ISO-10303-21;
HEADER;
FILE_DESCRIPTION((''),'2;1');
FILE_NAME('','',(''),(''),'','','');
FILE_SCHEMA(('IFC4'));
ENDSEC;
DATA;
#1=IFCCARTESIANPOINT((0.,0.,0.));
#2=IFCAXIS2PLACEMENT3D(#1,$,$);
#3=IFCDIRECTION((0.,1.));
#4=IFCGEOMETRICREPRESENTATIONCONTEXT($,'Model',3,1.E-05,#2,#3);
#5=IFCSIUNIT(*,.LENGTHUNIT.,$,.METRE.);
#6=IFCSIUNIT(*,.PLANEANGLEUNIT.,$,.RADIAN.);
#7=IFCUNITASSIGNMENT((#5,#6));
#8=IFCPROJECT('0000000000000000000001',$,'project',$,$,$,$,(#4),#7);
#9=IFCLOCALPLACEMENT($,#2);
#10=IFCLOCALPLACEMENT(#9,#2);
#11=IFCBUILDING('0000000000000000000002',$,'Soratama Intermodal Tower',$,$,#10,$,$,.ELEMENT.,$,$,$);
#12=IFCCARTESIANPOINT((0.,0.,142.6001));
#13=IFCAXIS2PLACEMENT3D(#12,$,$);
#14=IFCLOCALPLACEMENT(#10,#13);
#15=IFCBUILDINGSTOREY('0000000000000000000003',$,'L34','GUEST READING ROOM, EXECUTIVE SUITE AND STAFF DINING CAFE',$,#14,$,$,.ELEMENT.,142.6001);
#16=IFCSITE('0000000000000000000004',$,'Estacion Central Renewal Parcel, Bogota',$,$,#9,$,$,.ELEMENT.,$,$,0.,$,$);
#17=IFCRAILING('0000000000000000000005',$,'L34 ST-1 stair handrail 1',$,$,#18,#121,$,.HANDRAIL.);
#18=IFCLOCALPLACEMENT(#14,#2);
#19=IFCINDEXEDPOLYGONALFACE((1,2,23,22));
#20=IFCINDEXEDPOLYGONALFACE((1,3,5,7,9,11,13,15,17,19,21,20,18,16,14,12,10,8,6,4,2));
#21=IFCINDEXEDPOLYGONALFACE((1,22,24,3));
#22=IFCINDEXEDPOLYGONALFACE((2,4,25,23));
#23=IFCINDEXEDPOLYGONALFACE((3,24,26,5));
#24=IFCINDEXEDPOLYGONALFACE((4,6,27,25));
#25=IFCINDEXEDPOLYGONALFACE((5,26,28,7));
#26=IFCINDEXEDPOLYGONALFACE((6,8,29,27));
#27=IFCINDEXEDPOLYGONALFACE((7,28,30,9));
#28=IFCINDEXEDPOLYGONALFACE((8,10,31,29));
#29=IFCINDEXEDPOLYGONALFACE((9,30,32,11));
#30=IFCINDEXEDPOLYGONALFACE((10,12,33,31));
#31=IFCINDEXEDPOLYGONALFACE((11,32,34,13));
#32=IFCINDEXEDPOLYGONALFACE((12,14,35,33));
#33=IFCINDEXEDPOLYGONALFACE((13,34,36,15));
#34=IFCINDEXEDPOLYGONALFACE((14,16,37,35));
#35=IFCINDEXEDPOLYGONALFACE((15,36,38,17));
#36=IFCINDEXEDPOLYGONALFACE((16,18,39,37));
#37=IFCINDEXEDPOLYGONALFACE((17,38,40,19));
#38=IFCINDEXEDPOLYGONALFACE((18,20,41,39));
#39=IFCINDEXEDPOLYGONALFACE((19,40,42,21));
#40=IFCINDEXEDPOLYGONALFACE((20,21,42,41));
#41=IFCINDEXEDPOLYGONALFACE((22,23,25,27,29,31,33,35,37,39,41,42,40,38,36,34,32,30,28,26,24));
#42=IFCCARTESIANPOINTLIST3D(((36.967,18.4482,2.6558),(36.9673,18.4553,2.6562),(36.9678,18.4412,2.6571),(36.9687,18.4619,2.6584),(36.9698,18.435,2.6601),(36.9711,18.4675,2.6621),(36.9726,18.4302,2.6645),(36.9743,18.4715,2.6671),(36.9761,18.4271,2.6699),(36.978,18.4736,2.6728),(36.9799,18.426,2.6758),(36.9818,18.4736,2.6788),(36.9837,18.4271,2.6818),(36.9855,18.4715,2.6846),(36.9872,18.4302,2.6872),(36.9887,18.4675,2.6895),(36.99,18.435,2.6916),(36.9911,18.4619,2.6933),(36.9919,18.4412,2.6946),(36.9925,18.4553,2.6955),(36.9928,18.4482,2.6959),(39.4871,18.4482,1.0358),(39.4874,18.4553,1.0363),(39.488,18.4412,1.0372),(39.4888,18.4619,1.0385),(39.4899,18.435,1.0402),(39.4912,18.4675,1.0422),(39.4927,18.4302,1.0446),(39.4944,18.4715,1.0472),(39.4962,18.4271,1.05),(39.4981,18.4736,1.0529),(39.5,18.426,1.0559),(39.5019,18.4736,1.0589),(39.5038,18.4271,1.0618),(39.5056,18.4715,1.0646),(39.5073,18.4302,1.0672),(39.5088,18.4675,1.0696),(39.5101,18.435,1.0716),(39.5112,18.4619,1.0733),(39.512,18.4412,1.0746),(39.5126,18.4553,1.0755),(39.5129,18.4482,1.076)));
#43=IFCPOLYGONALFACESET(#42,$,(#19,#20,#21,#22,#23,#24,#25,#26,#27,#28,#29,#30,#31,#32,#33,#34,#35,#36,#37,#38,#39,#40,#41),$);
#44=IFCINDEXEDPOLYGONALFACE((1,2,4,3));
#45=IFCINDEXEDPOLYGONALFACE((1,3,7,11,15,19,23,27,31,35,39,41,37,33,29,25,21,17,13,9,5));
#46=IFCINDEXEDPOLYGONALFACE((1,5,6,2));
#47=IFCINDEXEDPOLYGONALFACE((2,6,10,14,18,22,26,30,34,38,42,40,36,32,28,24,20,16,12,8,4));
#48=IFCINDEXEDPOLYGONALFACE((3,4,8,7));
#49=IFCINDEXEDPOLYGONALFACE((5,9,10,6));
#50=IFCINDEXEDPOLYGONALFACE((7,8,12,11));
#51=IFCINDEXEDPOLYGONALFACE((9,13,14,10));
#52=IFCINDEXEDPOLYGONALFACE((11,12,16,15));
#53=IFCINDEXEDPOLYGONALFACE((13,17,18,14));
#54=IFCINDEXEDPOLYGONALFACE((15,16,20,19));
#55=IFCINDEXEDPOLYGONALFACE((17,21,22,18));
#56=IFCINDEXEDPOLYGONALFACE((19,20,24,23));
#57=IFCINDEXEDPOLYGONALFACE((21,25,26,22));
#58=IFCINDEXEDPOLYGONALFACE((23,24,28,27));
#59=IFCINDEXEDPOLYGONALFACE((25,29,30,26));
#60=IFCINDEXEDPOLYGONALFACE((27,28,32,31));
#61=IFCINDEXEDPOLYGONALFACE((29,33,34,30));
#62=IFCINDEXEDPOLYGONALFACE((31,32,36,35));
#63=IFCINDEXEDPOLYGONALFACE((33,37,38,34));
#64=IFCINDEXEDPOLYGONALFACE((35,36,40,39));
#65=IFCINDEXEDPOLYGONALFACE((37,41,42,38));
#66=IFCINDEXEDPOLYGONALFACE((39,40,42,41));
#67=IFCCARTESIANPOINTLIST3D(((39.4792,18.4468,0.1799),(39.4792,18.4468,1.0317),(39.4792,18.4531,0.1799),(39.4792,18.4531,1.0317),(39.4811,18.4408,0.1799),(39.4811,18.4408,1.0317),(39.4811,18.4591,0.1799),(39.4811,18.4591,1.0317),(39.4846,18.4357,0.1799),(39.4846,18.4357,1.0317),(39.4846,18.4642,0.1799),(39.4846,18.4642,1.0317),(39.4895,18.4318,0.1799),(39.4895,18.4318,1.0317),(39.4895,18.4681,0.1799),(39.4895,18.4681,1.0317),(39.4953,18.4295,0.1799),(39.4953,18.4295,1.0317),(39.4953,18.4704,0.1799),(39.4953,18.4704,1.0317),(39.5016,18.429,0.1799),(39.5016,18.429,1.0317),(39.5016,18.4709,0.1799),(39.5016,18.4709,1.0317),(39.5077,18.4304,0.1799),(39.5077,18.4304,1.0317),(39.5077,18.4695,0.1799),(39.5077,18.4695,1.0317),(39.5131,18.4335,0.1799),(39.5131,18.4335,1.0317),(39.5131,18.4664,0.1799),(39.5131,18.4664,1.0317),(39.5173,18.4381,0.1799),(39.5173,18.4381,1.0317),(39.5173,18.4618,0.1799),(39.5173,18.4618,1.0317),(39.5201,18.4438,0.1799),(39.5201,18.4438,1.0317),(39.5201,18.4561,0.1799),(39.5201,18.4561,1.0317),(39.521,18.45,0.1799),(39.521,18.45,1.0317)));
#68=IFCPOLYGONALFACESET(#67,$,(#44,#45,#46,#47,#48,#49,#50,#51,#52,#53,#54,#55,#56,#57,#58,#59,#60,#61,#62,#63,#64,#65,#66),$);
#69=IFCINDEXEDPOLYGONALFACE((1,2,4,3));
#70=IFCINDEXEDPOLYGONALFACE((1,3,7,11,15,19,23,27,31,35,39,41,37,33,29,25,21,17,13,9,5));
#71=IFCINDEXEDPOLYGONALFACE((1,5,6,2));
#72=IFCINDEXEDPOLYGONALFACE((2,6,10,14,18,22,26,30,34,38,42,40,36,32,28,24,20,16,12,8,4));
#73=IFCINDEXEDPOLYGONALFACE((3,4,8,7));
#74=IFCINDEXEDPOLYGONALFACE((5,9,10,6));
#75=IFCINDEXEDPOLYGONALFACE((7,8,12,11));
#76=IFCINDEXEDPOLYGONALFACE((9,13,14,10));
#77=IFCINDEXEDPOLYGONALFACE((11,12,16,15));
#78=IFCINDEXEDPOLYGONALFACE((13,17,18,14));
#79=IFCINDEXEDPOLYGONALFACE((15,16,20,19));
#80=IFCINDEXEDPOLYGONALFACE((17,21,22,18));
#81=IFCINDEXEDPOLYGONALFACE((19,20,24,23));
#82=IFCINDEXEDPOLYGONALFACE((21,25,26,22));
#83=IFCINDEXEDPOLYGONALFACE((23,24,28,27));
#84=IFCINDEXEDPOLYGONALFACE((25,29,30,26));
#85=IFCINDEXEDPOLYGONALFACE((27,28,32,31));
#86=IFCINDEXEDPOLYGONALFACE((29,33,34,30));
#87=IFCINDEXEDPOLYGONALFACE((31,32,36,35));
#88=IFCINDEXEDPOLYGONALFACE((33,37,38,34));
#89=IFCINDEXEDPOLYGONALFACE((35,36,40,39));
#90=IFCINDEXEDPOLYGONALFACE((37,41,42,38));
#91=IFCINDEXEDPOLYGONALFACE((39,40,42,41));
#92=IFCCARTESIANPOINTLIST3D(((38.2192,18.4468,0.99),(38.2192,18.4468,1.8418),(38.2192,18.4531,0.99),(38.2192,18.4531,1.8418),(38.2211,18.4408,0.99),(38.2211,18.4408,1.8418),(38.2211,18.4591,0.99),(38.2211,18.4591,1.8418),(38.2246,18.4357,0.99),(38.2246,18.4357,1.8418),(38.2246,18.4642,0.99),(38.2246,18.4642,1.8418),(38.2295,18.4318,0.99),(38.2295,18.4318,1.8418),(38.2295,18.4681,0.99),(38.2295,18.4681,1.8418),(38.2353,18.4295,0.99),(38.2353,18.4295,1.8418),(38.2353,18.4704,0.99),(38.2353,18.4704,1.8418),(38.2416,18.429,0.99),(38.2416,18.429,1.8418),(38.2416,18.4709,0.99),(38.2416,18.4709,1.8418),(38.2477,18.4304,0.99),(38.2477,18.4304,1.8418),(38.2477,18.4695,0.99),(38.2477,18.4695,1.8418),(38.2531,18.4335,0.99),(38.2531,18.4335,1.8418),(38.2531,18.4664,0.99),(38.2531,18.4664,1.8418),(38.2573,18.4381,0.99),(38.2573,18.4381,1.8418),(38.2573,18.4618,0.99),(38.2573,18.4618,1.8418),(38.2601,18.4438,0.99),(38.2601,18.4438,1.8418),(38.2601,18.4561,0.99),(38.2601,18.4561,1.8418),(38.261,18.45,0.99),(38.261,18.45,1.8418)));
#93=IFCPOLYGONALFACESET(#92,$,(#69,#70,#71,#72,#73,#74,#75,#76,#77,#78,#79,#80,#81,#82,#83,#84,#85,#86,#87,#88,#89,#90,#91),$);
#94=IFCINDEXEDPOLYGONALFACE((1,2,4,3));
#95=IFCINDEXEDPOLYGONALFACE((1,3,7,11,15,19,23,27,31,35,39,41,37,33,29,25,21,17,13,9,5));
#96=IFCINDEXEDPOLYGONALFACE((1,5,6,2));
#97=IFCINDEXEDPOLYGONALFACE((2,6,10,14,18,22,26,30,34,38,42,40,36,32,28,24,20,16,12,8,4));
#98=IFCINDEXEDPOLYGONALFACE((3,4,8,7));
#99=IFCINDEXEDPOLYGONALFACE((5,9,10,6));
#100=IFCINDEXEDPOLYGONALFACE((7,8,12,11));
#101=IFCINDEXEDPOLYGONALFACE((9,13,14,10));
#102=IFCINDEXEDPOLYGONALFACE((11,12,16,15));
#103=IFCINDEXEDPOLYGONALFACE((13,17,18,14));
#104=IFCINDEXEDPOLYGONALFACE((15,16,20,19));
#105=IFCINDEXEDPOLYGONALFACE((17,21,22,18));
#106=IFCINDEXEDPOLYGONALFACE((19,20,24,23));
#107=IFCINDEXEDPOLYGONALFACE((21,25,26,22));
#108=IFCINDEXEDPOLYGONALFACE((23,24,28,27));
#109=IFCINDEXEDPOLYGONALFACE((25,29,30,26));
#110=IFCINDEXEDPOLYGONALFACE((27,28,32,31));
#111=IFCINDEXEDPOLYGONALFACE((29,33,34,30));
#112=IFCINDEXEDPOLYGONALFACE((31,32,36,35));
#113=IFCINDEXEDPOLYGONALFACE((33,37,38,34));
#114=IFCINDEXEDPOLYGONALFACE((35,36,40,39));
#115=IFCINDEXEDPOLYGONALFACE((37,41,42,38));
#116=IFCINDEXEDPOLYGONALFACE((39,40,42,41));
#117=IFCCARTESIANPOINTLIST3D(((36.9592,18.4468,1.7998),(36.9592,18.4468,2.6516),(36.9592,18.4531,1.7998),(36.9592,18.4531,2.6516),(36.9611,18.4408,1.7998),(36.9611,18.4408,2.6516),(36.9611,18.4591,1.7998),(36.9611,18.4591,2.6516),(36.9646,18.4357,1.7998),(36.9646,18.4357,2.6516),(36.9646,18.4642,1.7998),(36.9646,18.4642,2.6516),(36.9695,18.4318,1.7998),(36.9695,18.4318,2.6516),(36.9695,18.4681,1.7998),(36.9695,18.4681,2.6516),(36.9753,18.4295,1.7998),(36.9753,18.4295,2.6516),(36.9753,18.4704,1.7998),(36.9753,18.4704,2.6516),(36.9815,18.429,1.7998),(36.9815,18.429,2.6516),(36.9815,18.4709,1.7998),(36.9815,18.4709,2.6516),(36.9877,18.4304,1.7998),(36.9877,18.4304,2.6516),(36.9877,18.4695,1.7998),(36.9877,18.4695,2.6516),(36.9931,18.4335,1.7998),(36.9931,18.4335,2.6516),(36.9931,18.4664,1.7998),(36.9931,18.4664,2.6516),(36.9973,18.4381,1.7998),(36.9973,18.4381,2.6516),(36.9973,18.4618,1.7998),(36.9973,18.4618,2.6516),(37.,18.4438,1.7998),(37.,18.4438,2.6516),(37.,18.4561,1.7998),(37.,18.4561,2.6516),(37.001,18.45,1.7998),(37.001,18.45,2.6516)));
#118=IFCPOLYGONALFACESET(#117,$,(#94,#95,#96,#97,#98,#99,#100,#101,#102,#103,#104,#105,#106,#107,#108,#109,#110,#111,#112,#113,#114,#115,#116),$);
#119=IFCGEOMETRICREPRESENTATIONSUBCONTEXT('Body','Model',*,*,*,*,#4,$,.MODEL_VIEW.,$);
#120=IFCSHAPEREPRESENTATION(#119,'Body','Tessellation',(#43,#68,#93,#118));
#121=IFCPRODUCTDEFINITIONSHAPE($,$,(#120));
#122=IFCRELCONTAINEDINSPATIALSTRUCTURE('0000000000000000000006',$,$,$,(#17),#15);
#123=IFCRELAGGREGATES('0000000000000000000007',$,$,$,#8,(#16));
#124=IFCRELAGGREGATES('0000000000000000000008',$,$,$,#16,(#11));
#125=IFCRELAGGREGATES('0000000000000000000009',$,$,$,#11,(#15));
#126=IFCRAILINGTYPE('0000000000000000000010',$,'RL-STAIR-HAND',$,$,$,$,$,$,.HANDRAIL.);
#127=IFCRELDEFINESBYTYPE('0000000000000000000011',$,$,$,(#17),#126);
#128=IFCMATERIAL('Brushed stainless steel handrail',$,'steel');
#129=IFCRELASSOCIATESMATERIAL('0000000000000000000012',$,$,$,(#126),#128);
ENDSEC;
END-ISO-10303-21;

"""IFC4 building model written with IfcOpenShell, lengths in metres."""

from ifc_helpers import new_model, si_unit, direction, frame, origin, origin_2d, place, context, subcontext, project, spatial, circle, extrude, material, type_object, element, save


model = new_model("IFC4")

# Units and contexts
model_context = context("Model", 3, precision=1e-05, world=origin(), true_north=direction((0.0, 1.0)))
body_context = subcontext(model_context, "Body", "Model", "MODEL_VIEW")
ifc_project = project(units=[si_unit("LENGTHUNIT", "METRE"), si_unit("PLANEANGLEUNIT", "RADIAN")], contexts=[model_context])

# Site, building, storey
site_placement = place(None, origin())
site = spatial("IfcSite", under=ifc_project, at=site_placement, Name="Estacion Central Renewal Parcel, Bogota", CompositionType="ELEMENT", RefElevation=0.0)
building_placement = place(site_placement, origin())
building = spatial("IfcBuilding", under=site, at=building_placement, Name="Soratama Intermodal Tower", CompositionType="ELEMENT")
storey_placement = place(building_placement, frame((0.0, 0.0, 142.6001)))
storey = spatial("IfcBuildingStorey", under=building, at=storey_placement, Name="L34", Description="GUEST READING ROOM, EXECUTIVE SUITE AND STAFF DINING CAFE", CompositionType="ELEMENT", Elevation=142.6001)

# Railing
ifc_material_1 = material(Name="Brushed stainless steel handrail", Category="steel")
railing_type_1 = type_object("IfcRailingType", Name="RL-STAIR-HAND", PredefinedType="HANDRAIL", material=ifc_material_1)
railing_1_placement = place(storey_placement, frame((39.5, 18.45, 0.1799)))
element("IfcRailing", 1, at=railing_1_placement, inside=storey, type_object=railing_type_1, Name="L34 ST-1 stair handrail 1", PredefinedType="HANDRAIL", context=body_context, shape_type="SweptSolid", body=[
    extrude(circle(Radius=0.0239, at=origin_2d()), frame((0.0, 0.0, 0.876), z_axis=(-0.8412, 0.0, 0.540725), x_axis=(0.0, -1.0, 0.0)), (0.0, 0.0, 1.0), 2.9958),
    extrude(circle(Radius=0.021, at=origin_2d()), origin(), (0.0, 0.0, 1.0), 0.8518),
    extrude(circle(Radius=0.021, at=origin_2d()), frame((-1.26, 0.0, 0.8101)), (0.0, 0.0, 1.0), 0.8518),
    extrude(circle(Radius=0.021, at=origin_2d()), frame((-2.52, 0.0, 1.6199)), (0.0, 0.0, 1.0), 0.8518),
])

save(model, "model.ifc")
